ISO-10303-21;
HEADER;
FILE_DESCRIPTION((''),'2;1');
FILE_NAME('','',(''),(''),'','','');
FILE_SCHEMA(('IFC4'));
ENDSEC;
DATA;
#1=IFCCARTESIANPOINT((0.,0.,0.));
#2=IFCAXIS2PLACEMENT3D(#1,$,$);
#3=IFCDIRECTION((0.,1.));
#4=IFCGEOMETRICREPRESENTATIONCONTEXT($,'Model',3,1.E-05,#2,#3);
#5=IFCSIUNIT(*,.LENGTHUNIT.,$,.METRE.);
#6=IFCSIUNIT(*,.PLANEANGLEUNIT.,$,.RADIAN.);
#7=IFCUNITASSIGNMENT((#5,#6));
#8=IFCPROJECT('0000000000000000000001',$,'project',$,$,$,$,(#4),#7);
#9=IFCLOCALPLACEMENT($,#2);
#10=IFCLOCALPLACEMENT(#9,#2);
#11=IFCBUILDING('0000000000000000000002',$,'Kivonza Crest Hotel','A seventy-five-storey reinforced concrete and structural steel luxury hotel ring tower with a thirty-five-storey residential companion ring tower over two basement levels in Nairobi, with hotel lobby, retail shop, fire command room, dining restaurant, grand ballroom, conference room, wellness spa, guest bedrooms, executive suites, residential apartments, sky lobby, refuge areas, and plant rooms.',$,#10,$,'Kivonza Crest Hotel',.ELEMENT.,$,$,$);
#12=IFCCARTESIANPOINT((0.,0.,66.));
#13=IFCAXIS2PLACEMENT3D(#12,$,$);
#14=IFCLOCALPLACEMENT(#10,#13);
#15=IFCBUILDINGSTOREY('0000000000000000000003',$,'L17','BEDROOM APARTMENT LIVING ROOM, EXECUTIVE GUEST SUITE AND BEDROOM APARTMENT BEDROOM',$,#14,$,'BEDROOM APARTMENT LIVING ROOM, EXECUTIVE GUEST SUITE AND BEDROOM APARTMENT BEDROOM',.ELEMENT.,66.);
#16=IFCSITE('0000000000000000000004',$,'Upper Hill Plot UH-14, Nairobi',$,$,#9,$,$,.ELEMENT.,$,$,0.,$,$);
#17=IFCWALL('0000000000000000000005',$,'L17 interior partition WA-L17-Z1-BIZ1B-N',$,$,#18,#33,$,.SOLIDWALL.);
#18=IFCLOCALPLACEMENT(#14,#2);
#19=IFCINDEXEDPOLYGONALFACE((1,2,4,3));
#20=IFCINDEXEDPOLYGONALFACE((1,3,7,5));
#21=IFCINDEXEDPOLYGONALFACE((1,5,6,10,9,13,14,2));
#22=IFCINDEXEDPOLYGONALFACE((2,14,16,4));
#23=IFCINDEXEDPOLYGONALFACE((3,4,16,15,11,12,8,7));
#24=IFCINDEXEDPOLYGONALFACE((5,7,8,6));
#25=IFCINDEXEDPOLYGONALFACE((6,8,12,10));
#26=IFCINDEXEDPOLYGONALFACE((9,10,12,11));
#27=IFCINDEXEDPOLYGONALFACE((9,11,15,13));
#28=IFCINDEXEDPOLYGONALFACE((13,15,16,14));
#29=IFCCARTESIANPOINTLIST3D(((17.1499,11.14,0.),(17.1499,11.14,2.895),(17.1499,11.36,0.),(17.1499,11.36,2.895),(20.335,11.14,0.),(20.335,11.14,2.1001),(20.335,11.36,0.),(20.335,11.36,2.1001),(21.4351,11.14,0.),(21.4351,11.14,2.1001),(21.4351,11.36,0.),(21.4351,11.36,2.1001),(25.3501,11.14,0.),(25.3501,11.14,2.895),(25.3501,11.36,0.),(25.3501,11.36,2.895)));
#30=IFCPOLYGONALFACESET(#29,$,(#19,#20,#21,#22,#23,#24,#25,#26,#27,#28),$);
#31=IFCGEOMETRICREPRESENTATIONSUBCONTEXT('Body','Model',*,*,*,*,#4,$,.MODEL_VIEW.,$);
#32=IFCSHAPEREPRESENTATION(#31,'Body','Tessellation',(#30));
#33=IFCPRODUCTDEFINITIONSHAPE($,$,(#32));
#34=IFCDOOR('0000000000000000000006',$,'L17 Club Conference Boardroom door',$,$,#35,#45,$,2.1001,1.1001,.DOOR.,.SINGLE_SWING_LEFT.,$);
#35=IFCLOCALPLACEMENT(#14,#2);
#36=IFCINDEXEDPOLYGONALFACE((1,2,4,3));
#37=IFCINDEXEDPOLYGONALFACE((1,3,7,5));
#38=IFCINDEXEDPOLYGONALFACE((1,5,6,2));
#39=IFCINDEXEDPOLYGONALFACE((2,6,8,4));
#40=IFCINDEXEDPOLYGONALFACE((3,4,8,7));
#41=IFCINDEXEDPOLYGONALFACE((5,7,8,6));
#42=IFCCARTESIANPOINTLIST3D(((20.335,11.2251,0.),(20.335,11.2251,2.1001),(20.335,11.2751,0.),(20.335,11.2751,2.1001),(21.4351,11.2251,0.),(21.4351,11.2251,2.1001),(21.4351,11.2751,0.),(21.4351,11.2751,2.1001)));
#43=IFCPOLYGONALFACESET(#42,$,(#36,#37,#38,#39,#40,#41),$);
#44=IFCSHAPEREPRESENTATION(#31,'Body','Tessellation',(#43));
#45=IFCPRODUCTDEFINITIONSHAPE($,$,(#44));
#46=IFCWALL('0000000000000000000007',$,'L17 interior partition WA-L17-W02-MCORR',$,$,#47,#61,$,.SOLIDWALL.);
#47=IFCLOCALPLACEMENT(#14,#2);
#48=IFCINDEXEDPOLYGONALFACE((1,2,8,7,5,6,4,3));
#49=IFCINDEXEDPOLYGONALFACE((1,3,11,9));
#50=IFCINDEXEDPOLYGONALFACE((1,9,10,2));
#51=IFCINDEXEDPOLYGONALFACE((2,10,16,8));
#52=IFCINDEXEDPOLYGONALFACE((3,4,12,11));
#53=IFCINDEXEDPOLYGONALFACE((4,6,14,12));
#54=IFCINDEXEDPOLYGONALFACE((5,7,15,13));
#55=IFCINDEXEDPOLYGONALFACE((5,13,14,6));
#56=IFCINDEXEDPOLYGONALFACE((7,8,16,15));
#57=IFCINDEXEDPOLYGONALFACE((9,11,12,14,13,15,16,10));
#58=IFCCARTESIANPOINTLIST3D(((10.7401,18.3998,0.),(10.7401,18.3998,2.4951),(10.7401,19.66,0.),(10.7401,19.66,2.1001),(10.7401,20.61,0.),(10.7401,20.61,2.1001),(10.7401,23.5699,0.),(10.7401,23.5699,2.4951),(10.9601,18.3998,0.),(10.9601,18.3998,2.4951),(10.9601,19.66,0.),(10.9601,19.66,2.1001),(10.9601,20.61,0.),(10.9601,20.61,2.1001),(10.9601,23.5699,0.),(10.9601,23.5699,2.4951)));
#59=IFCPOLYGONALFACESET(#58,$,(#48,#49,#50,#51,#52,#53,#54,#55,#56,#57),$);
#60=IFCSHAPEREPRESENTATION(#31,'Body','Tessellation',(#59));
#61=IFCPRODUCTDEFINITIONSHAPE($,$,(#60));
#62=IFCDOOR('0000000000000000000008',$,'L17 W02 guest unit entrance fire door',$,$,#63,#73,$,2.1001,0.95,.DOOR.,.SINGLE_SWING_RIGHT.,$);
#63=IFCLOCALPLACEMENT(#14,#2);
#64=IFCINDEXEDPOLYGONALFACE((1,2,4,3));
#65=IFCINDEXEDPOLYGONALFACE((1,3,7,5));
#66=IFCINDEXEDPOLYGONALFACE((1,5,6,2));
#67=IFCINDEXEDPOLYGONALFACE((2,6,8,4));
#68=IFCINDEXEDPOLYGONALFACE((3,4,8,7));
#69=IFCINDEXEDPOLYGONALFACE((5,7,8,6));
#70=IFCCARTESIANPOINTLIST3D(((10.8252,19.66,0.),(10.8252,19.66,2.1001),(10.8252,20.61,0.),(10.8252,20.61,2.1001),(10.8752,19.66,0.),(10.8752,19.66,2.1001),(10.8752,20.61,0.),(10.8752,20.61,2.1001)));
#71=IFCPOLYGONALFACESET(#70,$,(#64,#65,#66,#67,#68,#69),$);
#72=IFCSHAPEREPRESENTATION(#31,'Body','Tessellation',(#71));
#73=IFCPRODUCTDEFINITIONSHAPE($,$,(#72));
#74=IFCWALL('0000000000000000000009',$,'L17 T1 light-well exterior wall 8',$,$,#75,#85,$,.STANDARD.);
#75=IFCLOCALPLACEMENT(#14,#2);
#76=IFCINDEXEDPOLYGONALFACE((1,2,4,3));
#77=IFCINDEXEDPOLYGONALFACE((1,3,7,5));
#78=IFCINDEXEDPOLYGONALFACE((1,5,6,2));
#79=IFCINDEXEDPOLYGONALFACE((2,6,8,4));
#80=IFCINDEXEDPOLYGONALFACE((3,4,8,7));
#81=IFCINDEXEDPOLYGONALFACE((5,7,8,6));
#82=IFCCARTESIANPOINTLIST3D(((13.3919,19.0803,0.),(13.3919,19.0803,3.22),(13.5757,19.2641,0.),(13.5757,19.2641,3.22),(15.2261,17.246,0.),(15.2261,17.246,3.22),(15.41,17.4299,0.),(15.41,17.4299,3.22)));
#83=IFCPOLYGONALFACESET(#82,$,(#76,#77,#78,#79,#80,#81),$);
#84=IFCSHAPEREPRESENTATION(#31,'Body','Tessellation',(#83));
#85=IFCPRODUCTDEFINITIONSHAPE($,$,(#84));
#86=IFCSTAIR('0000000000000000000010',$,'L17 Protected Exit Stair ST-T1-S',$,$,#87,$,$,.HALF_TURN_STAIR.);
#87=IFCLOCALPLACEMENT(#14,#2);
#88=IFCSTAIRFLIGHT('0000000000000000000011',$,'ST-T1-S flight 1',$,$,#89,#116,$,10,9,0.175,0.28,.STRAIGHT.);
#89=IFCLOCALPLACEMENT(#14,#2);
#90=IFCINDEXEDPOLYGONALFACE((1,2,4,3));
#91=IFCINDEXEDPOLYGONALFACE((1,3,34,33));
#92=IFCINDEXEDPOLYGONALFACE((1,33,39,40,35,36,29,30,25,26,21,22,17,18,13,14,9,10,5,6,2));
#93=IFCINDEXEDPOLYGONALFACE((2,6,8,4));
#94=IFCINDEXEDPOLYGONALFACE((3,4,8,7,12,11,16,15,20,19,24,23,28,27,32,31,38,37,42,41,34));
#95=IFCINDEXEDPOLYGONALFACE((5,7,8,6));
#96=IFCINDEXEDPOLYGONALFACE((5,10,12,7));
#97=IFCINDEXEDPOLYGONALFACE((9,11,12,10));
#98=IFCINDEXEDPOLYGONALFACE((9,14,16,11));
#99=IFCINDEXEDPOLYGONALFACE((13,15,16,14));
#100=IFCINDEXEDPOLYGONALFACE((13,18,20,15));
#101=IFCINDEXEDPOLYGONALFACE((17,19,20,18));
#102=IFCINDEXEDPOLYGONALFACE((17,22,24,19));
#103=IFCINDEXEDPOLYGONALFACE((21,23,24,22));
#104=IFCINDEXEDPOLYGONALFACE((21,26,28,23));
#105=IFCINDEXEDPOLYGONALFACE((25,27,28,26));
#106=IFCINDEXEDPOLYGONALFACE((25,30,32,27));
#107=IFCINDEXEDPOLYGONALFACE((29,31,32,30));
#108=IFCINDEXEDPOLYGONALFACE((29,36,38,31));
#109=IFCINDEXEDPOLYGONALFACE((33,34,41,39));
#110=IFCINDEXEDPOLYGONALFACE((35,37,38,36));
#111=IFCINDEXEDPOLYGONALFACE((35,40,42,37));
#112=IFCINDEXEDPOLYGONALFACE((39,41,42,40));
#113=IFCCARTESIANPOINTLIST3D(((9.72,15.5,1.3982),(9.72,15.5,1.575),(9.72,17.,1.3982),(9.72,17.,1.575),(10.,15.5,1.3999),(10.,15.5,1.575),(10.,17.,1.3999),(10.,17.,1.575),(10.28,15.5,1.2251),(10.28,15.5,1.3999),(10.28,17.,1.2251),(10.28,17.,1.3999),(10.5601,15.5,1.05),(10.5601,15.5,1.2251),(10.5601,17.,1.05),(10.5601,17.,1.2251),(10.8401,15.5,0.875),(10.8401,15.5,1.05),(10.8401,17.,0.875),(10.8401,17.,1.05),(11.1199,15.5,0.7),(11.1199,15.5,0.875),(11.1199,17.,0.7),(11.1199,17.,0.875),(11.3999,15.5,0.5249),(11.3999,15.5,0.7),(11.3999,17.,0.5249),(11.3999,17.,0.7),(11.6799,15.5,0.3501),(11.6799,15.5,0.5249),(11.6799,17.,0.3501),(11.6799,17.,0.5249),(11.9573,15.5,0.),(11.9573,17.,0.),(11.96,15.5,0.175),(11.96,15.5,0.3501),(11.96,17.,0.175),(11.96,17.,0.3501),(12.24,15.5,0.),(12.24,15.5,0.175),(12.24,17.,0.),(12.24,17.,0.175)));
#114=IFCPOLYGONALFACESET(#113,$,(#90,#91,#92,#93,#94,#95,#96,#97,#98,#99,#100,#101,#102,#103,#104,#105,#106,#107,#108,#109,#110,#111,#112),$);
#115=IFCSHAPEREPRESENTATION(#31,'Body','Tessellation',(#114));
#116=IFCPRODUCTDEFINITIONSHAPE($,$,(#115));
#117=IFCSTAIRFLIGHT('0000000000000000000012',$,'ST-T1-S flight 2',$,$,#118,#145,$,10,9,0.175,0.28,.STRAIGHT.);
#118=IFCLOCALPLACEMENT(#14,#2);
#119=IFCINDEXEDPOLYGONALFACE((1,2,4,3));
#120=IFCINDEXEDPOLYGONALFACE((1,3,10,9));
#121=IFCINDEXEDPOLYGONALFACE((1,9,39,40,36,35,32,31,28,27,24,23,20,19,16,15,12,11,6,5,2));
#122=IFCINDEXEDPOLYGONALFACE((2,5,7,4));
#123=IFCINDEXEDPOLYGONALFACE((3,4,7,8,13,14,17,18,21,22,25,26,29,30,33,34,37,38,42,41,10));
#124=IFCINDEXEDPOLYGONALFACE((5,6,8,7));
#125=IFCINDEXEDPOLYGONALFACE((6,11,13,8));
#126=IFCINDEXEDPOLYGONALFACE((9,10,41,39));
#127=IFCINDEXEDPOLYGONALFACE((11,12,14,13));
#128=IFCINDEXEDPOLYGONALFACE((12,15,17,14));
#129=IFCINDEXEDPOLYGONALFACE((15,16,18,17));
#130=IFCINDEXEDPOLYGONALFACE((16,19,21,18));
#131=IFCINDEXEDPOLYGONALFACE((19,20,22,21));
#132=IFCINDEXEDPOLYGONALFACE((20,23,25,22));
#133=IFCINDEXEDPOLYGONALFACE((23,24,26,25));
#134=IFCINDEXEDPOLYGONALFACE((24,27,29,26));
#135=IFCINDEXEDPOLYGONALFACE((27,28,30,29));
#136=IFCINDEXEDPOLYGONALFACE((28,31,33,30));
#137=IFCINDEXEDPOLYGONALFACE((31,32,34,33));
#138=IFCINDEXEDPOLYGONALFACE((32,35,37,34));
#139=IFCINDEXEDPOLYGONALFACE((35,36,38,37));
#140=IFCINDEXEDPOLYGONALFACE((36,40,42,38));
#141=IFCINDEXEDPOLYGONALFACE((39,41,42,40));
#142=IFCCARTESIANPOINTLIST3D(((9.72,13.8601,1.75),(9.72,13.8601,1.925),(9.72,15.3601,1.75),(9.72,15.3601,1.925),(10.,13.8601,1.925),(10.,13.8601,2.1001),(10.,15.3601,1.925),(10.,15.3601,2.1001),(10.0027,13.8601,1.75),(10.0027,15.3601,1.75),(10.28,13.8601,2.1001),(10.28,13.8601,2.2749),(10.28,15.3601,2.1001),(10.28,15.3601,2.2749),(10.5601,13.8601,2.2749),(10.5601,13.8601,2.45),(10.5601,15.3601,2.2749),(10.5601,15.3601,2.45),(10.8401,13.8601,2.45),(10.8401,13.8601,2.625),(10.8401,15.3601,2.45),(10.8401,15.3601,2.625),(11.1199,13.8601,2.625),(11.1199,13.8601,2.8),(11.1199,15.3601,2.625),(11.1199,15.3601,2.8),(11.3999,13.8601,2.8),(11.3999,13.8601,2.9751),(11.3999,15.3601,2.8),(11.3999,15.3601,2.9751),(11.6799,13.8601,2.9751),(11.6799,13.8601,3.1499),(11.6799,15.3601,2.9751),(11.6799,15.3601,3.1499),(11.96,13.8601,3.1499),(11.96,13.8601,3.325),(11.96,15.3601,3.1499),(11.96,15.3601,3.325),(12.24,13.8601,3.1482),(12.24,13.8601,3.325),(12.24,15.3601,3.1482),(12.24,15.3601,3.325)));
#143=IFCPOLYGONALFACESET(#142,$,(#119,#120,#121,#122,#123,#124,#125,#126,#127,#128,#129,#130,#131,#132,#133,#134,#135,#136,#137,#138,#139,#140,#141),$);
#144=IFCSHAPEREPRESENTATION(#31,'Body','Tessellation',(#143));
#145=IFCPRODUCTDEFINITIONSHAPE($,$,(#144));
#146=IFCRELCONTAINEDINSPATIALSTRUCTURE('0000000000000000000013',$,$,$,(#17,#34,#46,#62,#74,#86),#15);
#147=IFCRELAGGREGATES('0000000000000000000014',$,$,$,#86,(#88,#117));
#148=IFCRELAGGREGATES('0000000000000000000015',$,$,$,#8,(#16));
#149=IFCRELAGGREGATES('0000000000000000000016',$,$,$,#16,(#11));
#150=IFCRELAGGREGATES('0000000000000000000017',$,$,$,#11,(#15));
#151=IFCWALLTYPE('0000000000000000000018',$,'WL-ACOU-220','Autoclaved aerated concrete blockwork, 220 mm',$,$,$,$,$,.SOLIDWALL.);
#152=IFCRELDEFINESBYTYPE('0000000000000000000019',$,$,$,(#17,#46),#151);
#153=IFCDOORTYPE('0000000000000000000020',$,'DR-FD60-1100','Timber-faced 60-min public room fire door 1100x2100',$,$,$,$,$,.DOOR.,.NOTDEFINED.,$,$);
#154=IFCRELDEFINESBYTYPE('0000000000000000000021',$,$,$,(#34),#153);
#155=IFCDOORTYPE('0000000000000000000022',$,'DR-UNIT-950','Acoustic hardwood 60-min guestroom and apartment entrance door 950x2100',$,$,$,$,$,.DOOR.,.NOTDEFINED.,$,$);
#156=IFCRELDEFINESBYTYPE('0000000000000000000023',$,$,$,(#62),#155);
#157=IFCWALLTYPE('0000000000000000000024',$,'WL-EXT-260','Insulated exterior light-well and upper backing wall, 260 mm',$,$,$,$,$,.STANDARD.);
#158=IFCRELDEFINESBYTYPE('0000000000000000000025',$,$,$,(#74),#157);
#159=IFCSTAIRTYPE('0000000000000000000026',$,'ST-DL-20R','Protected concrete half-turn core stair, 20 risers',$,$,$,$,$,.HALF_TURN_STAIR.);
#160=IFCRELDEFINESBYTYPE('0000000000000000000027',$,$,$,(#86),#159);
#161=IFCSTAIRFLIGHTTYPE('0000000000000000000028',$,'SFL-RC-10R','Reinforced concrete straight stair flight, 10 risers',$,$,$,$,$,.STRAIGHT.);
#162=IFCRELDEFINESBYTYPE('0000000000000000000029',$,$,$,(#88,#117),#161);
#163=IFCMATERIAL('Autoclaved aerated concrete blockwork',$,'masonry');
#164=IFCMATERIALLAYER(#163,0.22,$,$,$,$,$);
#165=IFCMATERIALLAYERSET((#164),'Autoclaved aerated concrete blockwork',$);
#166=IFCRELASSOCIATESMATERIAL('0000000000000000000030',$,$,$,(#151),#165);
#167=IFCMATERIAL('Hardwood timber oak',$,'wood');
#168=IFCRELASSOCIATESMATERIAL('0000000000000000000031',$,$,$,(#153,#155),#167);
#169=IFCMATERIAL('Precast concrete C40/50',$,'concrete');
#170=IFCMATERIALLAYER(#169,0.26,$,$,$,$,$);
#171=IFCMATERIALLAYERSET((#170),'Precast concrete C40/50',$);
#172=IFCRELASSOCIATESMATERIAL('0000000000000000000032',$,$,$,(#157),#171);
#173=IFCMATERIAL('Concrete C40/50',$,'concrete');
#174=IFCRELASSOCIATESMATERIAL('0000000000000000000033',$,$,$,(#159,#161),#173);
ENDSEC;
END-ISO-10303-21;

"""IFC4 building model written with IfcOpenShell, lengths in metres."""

from ifc_helpers import new_model, si_unit, direction, frame, frame_2d, origin, place, context, subcontext, project, spatial, polyline, rectangle, outline, extrude, material, layer, layer_set, type_object, element, fill, aggregate, save


model = new_model("IFC4")

# Units and contexts
model_context = context("Model", 3, precision=1e-05, world=origin(), true_north=direction((0.0, 1.0)))
body_context = subcontext(model_context, "Body", "Model", "MODEL_VIEW")
ifc_project = project(units=[si_unit("LENGTHUNIT", "METRE"), si_unit("PLANEANGLEUNIT", "RADIAN")], contexts=[model_context])

# Site, building, storey
site_placement = place(None, origin())
site = spatial("IfcSite", under=ifc_project, at=site_placement, Name="Upper Hill Plot UH-14, Nairobi", CompositionType="ELEMENT", RefElevation=0.0)
building_placement = place(site_placement, origin())
building = spatial("IfcBuilding", under=site, at=building_placement, Name="Kivonza Crest Hotel", Description="A seventy-five-storey reinforced concrete and structural steel luxury hotel ring tower with a thirty-five-storey residential companion ring tower over two basement levels in Nairobi, with hotel lobby, retail shop, fire command room, dining restaurant, grand ballroom, conference room, wellness spa, guest bedrooms, executive suites, residential apartments, sky lobby, refuge areas, and plant rooms.", LongName="Kivonza Crest Hotel", CompositionType="ELEMENT")
storey_placement = place(building_placement, frame((0.0, 0.0, 66.0)))
storey = spatial("IfcBuildingStorey", under=building, at=storey_placement, Name="L17", Description="BEDROOM APARTMENT LIVING ROOM, EXECUTIVE GUEST SUITE AND BEDROOM APARTMENT BEDROOM", LongName="BEDROOM APARTMENT LIVING ROOM, EXECUTIVE GUEST SUITE AND BEDROOM APARTMENT BEDROOM", CompositionType="ELEMENT", Elevation=66.0)

# Walls, openings, doors
ifc_material_1 = material(Name="Autoclaved aerated concrete blockwork", Category="masonry")
ifc_layer_1 = layer(ifc_material_1, 0.22)
ifc_layer_set_1 = layer_set([ifc_layer_1], Name="Autoclaved aerated concrete blockwork")
wall_type_1 = type_object("IfcWallType", Name="WL-ACOU-220", Description="Autoclaved aerated concrete blockwork, 220 mm", PredefinedType="SOLIDWALL", material=ifc_layer_set_1)
wall_1_placement = place(storey_placement, frame((17.1499, 11.25, 0.0), z_axis=(0.0, 0.0, 1.0), x_axis=(1.0, 0.0, 0.0)))
wall_1 = element("IfcWall", 1, at=wall_1_placement, inside=storey, type_object=wall_type_1, Name="L17 interior partition WA-L17-Z1-BIZ1B-N", PredefinedType="SOLIDWALL", context=body_context, shape_type="SweptSolid", body=[
    extrude(rectangle(XDim=8.2002, YDim=0.22, at=frame_2d((4.1001, 0.0))), origin(), (0.0, 0.0, 1.0), 2.895),
])
opening_1_placement = place(wall_1_placement, frame((3.1851, 0.0, 0.0)))
opening_1 = element("IfcOpeningElement", 2, at=opening_1_placement, cuts=wall_1, PredefinedType="OPENING", context=body_context, shape_type="SweptSolid", body=[
    extrude(rectangle(XDim=1.1001, YDim=2.1001, at=frame_2d((0.55, 1.05))), frame((0.0, 0.1201, 0.0), z_axis=(0.0, -1.0, 0.0), x_axis=(1.0, 0.0, 0.0)), (0.0, 0.0, 1.0), 0.24),
])
ifc_material_2 = material(Name="Hardwood timber oak", Category="wood")
door_type_1 = type_object("IfcDoorType", Name="DR-FD60-1100", Description="Timber-faced 60-min public room fire door 1100x2100", OperationType="NOTDEFINED", PredefinedType="DOOR", material=ifc_material_2)
door_1_placement = place(opening_1_placement, frame((1.1001, 0.0, 0.0), z_axis=(0.0, 0.0, 1.0), x_axis=(-1.0, 0.0, 0.0)))
door_1 = element("IfcDoor", 3, at=door_1_placement, inside=storey, type_object=door_type_1, Name="L17 Club Conference Boardroom door", OperationType="SINGLE_SWING_LEFT", OverallHeight=2.1001, OverallWidth=1.1001, PredefinedType="DOOR", context=body_context, shape_type="SweptSolid", body=[
    extrude(rectangle(XDim=1.1001, YDim=2.1001, at=frame_2d((0.55, 1.05))), frame((0.0, 0.0249, 0.0), z_axis=(0.0, -1.0, 0.0), x_axis=(1.0, 0.0, 0.0)), (0.0, 0.0, 1.0), 0.05),
])
fill(opening_1, door_1)
wall_2_placement = place(storey_placement, frame((10.8501, 18.3999, 0.0), z_axis=(0.0, 0.0, 1.0), x_axis=(0.0, 1.0, 0.0)))
wall_2 = element("IfcWall", 4, at=wall_2_placement, inside=storey, type_object=wall_type_1, Name="L17 interior partition WA-L17-W02-MCORR", PredefinedType="SOLIDWALL", context=body_context, shape_type="SweptSolid", body=[
    extrude(rectangle(XDim=5.1702, YDim=0.22, at=frame_2d((2.585, 0.0))), origin(), (0.0, 0.0, 1.0), 2.4951),
])
opening_2_placement = place(wall_2_placement, frame((1.26, 0.0, 0.0)))
opening_2 = element("IfcOpeningElement", 5, at=opening_2_placement, cuts=wall_2, PredefinedType="OPENING", context=body_context, shape_type="SweptSolid", body=[
    extrude(rectangle(XDim=0.95, YDim=2.1001, at=frame_2d((0.4751, 1.05))), frame((0.0, 0.1201, 0.0), z_axis=(0.0, -1.0, 0.0), x_axis=(1.0, 0.0, 0.0)), (0.0, 0.0, 1.0), 0.24),
])
door_type_2 = type_object("IfcDoorType", Name="DR-UNIT-950", Description="Acoustic hardwood 60-min guestroom and apartment entrance door 950x2100", OperationType="NOTDEFINED", PredefinedType="DOOR", material=ifc_material_2)
door_2_placement = place(opening_2_placement, origin())
door_2 = element("IfcDoor", 6, at=door_2_placement, inside=storey, type_object=door_type_2, Name="L17 W02 guest unit entrance fire door", OperationType="SINGLE_SWING_RIGHT", OverallHeight=2.1001, OverallWidth=0.95, PredefinedType="DOOR", context=body_context, shape_type="SweptSolid", body=[
    extrude(rectangle(XDim=0.95, YDim=2.1001, at=frame_2d((0.4751, 1.05))), frame((0.0, 0.0249, 0.0), z_axis=(0.0, -1.0, 0.0), x_axis=(1.0, 0.0, 0.0)), (0.0, 0.0, 1.0), 0.05),
])
fill(opening_2, door_2)

# Wall
ifc_material_3 = material(Name="Precast concrete C40/50", Category="concrete")
ifc_layer_2 = layer(ifc_material_3, 0.26)
ifc_layer_set_2 = layer_set([ifc_layer_2], Name="Precast concrete C40/50")
wall_type_2 = type_object("IfcWallType", Name="WL-EXT-260", Description="Insulated exterior light-well and upper backing wall, 260 mm", PredefinedType="STANDARD", material=ifc_layer_set_2)
wall_3_placement = place(storey_placement, frame((13.4839, 19.1721, 0.0), z_axis=(0.0, 0.0, 1.0), x_axis=(0.707107, -0.707107, 0.0)))
element("IfcWall", 7, at=wall_3_placement, inside=storey, type_object=wall_type_2, Name="L17 T1 light-well exterior wall 8", PredefinedType="STANDARD", context=body_context, shape_type="SweptSolid", body=[
    extrude(rectangle(XDim=2.594, YDim=0.26, at=frame_2d((1.2969, 0.0))), origin(), (0.0, 0.0, 1.0), 3.22),
])

# Stair, stair flights
ifc_material_4 = material(Name="Concrete C40/50", Category="concrete")
stair_type = type_object("IfcStairType", Name="ST-DL-20R", Description="Protected concrete half-turn core stair, 20 risers", PredefinedType="HALF_TURN_STAIR", material=ifc_material_4)
stair_placement = place(storey_placement, origin())
stair = element("IfcStair", 8, at=stair_placement, inside=storey, type_object=stair_type, Name="L17 Protected Exit Stair ST-T1-S", PredefinedType="HALF_TURN_STAIR")
stair_flight_type = type_object("IfcStairFlightType", Name="SFL-RC-10R", Description="Reinforced concrete straight stair flight, 10 risers", PredefinedType="STRAIGHT", material=ifc_material_4)
stair_flight_1_placement = place(storey_placement, frame((12.24, 16.25, 0.0), z_axis=(0.0, 0.0, 1.0), x_axis=(-1.0, 0.0, 0.0)))
stair_flight_1 = element("IfcStairFlight", 9, at=stair_flight_1_placement, type_object=stair_flight_type, Name="ST-T1-S flight 1", NumberOfRisers=10, NumberOfTreads=9, PredefinedType="STRAIGHT", RiserHeight=0.175, TreadLength=0.28, context=body_context, shape_type="SweptSolid", body=[
    extrude(outline(polyline([(0.0, 0.0), (0.0, 0.175), (0.28, 0.175), (0.28, 0.3501), (0.5601, 0.3501), (0.5601, 0.5249), (0.8401, 0.5249), (0.8401, 0.7), (1.1201, 0.7), (1.1201, 0.875), (1.3999, 0.875), (1.3999, 1.05), (1.6799, 1.05), (1.6799, 1.2251), (1.96, 1.2251), (1.96, 1.3999), (2.24, 1.3999), (2.24, 1.575), (2.52, 1.575), (2.52, 1.75), (2.52, 1.3982), (0.2827, 0.0), (0.0, 0.0)])), frame((0.0, 0.75, 0.0), z_axis=(0.0, -1.0, 0.0), x_axis=(1.0, 0.0, 0.0)), (0.0, 0.0, 1.0), 1.5),
])
stair_flight_2_placement = place(storey_placement, frame((9.72, 14.6101, 1.75), z_axis=(0.0, 0.0, 1.0), x_axis=(1.0, 0.0, 0.0)))
stair_flight_2 = element("IfcStairFlight", 10, at=stair_flight_2_placement, type_object=stair_flight_type, Name="ST-T1-S flight 2", NumberOfRisers=10, NumberOfTreads=9, PredefinedType="STRAIGHT", RiserHeight=0.175, TreadLength=0.28, context=body_context, shape_type="SweptSolid", body=[
    extrude(outline(polyline([(0.0, 0.0), (0.0, 0.175), (0.28, 0.175), (0.28, 0.3501), (0.5601, 0.3501), (0.5601, 0.5249), (0.8401, 0.5249), (0.8401, 0.7), (1.1201, 0.7), (1.1201, 0.875), (1.3999, 0.875), (1.3999, 1.05), (1.6799, 1.05), (1.6799, 1.2251), (1.96, 1.2251), (1.96, 1.3999), (2.24, 1.3999), (2.24, 1.575), (2.52, 1.575), (2.52, 1.75), (2.52, 1.3982), (0.2827, 0.0), (0.0, 0.0)])), frame((0.0, 0.75, 0.0), z_axis=(0.0, -1.0, 0.0), x_axis=(1.0, 0.0, 0.0)), (0.0, 0.0, 1.0), 1.5),
])
aggregate(stair, [stair_flight_1, stair_flight_2])

save(model, "model.ifc")
